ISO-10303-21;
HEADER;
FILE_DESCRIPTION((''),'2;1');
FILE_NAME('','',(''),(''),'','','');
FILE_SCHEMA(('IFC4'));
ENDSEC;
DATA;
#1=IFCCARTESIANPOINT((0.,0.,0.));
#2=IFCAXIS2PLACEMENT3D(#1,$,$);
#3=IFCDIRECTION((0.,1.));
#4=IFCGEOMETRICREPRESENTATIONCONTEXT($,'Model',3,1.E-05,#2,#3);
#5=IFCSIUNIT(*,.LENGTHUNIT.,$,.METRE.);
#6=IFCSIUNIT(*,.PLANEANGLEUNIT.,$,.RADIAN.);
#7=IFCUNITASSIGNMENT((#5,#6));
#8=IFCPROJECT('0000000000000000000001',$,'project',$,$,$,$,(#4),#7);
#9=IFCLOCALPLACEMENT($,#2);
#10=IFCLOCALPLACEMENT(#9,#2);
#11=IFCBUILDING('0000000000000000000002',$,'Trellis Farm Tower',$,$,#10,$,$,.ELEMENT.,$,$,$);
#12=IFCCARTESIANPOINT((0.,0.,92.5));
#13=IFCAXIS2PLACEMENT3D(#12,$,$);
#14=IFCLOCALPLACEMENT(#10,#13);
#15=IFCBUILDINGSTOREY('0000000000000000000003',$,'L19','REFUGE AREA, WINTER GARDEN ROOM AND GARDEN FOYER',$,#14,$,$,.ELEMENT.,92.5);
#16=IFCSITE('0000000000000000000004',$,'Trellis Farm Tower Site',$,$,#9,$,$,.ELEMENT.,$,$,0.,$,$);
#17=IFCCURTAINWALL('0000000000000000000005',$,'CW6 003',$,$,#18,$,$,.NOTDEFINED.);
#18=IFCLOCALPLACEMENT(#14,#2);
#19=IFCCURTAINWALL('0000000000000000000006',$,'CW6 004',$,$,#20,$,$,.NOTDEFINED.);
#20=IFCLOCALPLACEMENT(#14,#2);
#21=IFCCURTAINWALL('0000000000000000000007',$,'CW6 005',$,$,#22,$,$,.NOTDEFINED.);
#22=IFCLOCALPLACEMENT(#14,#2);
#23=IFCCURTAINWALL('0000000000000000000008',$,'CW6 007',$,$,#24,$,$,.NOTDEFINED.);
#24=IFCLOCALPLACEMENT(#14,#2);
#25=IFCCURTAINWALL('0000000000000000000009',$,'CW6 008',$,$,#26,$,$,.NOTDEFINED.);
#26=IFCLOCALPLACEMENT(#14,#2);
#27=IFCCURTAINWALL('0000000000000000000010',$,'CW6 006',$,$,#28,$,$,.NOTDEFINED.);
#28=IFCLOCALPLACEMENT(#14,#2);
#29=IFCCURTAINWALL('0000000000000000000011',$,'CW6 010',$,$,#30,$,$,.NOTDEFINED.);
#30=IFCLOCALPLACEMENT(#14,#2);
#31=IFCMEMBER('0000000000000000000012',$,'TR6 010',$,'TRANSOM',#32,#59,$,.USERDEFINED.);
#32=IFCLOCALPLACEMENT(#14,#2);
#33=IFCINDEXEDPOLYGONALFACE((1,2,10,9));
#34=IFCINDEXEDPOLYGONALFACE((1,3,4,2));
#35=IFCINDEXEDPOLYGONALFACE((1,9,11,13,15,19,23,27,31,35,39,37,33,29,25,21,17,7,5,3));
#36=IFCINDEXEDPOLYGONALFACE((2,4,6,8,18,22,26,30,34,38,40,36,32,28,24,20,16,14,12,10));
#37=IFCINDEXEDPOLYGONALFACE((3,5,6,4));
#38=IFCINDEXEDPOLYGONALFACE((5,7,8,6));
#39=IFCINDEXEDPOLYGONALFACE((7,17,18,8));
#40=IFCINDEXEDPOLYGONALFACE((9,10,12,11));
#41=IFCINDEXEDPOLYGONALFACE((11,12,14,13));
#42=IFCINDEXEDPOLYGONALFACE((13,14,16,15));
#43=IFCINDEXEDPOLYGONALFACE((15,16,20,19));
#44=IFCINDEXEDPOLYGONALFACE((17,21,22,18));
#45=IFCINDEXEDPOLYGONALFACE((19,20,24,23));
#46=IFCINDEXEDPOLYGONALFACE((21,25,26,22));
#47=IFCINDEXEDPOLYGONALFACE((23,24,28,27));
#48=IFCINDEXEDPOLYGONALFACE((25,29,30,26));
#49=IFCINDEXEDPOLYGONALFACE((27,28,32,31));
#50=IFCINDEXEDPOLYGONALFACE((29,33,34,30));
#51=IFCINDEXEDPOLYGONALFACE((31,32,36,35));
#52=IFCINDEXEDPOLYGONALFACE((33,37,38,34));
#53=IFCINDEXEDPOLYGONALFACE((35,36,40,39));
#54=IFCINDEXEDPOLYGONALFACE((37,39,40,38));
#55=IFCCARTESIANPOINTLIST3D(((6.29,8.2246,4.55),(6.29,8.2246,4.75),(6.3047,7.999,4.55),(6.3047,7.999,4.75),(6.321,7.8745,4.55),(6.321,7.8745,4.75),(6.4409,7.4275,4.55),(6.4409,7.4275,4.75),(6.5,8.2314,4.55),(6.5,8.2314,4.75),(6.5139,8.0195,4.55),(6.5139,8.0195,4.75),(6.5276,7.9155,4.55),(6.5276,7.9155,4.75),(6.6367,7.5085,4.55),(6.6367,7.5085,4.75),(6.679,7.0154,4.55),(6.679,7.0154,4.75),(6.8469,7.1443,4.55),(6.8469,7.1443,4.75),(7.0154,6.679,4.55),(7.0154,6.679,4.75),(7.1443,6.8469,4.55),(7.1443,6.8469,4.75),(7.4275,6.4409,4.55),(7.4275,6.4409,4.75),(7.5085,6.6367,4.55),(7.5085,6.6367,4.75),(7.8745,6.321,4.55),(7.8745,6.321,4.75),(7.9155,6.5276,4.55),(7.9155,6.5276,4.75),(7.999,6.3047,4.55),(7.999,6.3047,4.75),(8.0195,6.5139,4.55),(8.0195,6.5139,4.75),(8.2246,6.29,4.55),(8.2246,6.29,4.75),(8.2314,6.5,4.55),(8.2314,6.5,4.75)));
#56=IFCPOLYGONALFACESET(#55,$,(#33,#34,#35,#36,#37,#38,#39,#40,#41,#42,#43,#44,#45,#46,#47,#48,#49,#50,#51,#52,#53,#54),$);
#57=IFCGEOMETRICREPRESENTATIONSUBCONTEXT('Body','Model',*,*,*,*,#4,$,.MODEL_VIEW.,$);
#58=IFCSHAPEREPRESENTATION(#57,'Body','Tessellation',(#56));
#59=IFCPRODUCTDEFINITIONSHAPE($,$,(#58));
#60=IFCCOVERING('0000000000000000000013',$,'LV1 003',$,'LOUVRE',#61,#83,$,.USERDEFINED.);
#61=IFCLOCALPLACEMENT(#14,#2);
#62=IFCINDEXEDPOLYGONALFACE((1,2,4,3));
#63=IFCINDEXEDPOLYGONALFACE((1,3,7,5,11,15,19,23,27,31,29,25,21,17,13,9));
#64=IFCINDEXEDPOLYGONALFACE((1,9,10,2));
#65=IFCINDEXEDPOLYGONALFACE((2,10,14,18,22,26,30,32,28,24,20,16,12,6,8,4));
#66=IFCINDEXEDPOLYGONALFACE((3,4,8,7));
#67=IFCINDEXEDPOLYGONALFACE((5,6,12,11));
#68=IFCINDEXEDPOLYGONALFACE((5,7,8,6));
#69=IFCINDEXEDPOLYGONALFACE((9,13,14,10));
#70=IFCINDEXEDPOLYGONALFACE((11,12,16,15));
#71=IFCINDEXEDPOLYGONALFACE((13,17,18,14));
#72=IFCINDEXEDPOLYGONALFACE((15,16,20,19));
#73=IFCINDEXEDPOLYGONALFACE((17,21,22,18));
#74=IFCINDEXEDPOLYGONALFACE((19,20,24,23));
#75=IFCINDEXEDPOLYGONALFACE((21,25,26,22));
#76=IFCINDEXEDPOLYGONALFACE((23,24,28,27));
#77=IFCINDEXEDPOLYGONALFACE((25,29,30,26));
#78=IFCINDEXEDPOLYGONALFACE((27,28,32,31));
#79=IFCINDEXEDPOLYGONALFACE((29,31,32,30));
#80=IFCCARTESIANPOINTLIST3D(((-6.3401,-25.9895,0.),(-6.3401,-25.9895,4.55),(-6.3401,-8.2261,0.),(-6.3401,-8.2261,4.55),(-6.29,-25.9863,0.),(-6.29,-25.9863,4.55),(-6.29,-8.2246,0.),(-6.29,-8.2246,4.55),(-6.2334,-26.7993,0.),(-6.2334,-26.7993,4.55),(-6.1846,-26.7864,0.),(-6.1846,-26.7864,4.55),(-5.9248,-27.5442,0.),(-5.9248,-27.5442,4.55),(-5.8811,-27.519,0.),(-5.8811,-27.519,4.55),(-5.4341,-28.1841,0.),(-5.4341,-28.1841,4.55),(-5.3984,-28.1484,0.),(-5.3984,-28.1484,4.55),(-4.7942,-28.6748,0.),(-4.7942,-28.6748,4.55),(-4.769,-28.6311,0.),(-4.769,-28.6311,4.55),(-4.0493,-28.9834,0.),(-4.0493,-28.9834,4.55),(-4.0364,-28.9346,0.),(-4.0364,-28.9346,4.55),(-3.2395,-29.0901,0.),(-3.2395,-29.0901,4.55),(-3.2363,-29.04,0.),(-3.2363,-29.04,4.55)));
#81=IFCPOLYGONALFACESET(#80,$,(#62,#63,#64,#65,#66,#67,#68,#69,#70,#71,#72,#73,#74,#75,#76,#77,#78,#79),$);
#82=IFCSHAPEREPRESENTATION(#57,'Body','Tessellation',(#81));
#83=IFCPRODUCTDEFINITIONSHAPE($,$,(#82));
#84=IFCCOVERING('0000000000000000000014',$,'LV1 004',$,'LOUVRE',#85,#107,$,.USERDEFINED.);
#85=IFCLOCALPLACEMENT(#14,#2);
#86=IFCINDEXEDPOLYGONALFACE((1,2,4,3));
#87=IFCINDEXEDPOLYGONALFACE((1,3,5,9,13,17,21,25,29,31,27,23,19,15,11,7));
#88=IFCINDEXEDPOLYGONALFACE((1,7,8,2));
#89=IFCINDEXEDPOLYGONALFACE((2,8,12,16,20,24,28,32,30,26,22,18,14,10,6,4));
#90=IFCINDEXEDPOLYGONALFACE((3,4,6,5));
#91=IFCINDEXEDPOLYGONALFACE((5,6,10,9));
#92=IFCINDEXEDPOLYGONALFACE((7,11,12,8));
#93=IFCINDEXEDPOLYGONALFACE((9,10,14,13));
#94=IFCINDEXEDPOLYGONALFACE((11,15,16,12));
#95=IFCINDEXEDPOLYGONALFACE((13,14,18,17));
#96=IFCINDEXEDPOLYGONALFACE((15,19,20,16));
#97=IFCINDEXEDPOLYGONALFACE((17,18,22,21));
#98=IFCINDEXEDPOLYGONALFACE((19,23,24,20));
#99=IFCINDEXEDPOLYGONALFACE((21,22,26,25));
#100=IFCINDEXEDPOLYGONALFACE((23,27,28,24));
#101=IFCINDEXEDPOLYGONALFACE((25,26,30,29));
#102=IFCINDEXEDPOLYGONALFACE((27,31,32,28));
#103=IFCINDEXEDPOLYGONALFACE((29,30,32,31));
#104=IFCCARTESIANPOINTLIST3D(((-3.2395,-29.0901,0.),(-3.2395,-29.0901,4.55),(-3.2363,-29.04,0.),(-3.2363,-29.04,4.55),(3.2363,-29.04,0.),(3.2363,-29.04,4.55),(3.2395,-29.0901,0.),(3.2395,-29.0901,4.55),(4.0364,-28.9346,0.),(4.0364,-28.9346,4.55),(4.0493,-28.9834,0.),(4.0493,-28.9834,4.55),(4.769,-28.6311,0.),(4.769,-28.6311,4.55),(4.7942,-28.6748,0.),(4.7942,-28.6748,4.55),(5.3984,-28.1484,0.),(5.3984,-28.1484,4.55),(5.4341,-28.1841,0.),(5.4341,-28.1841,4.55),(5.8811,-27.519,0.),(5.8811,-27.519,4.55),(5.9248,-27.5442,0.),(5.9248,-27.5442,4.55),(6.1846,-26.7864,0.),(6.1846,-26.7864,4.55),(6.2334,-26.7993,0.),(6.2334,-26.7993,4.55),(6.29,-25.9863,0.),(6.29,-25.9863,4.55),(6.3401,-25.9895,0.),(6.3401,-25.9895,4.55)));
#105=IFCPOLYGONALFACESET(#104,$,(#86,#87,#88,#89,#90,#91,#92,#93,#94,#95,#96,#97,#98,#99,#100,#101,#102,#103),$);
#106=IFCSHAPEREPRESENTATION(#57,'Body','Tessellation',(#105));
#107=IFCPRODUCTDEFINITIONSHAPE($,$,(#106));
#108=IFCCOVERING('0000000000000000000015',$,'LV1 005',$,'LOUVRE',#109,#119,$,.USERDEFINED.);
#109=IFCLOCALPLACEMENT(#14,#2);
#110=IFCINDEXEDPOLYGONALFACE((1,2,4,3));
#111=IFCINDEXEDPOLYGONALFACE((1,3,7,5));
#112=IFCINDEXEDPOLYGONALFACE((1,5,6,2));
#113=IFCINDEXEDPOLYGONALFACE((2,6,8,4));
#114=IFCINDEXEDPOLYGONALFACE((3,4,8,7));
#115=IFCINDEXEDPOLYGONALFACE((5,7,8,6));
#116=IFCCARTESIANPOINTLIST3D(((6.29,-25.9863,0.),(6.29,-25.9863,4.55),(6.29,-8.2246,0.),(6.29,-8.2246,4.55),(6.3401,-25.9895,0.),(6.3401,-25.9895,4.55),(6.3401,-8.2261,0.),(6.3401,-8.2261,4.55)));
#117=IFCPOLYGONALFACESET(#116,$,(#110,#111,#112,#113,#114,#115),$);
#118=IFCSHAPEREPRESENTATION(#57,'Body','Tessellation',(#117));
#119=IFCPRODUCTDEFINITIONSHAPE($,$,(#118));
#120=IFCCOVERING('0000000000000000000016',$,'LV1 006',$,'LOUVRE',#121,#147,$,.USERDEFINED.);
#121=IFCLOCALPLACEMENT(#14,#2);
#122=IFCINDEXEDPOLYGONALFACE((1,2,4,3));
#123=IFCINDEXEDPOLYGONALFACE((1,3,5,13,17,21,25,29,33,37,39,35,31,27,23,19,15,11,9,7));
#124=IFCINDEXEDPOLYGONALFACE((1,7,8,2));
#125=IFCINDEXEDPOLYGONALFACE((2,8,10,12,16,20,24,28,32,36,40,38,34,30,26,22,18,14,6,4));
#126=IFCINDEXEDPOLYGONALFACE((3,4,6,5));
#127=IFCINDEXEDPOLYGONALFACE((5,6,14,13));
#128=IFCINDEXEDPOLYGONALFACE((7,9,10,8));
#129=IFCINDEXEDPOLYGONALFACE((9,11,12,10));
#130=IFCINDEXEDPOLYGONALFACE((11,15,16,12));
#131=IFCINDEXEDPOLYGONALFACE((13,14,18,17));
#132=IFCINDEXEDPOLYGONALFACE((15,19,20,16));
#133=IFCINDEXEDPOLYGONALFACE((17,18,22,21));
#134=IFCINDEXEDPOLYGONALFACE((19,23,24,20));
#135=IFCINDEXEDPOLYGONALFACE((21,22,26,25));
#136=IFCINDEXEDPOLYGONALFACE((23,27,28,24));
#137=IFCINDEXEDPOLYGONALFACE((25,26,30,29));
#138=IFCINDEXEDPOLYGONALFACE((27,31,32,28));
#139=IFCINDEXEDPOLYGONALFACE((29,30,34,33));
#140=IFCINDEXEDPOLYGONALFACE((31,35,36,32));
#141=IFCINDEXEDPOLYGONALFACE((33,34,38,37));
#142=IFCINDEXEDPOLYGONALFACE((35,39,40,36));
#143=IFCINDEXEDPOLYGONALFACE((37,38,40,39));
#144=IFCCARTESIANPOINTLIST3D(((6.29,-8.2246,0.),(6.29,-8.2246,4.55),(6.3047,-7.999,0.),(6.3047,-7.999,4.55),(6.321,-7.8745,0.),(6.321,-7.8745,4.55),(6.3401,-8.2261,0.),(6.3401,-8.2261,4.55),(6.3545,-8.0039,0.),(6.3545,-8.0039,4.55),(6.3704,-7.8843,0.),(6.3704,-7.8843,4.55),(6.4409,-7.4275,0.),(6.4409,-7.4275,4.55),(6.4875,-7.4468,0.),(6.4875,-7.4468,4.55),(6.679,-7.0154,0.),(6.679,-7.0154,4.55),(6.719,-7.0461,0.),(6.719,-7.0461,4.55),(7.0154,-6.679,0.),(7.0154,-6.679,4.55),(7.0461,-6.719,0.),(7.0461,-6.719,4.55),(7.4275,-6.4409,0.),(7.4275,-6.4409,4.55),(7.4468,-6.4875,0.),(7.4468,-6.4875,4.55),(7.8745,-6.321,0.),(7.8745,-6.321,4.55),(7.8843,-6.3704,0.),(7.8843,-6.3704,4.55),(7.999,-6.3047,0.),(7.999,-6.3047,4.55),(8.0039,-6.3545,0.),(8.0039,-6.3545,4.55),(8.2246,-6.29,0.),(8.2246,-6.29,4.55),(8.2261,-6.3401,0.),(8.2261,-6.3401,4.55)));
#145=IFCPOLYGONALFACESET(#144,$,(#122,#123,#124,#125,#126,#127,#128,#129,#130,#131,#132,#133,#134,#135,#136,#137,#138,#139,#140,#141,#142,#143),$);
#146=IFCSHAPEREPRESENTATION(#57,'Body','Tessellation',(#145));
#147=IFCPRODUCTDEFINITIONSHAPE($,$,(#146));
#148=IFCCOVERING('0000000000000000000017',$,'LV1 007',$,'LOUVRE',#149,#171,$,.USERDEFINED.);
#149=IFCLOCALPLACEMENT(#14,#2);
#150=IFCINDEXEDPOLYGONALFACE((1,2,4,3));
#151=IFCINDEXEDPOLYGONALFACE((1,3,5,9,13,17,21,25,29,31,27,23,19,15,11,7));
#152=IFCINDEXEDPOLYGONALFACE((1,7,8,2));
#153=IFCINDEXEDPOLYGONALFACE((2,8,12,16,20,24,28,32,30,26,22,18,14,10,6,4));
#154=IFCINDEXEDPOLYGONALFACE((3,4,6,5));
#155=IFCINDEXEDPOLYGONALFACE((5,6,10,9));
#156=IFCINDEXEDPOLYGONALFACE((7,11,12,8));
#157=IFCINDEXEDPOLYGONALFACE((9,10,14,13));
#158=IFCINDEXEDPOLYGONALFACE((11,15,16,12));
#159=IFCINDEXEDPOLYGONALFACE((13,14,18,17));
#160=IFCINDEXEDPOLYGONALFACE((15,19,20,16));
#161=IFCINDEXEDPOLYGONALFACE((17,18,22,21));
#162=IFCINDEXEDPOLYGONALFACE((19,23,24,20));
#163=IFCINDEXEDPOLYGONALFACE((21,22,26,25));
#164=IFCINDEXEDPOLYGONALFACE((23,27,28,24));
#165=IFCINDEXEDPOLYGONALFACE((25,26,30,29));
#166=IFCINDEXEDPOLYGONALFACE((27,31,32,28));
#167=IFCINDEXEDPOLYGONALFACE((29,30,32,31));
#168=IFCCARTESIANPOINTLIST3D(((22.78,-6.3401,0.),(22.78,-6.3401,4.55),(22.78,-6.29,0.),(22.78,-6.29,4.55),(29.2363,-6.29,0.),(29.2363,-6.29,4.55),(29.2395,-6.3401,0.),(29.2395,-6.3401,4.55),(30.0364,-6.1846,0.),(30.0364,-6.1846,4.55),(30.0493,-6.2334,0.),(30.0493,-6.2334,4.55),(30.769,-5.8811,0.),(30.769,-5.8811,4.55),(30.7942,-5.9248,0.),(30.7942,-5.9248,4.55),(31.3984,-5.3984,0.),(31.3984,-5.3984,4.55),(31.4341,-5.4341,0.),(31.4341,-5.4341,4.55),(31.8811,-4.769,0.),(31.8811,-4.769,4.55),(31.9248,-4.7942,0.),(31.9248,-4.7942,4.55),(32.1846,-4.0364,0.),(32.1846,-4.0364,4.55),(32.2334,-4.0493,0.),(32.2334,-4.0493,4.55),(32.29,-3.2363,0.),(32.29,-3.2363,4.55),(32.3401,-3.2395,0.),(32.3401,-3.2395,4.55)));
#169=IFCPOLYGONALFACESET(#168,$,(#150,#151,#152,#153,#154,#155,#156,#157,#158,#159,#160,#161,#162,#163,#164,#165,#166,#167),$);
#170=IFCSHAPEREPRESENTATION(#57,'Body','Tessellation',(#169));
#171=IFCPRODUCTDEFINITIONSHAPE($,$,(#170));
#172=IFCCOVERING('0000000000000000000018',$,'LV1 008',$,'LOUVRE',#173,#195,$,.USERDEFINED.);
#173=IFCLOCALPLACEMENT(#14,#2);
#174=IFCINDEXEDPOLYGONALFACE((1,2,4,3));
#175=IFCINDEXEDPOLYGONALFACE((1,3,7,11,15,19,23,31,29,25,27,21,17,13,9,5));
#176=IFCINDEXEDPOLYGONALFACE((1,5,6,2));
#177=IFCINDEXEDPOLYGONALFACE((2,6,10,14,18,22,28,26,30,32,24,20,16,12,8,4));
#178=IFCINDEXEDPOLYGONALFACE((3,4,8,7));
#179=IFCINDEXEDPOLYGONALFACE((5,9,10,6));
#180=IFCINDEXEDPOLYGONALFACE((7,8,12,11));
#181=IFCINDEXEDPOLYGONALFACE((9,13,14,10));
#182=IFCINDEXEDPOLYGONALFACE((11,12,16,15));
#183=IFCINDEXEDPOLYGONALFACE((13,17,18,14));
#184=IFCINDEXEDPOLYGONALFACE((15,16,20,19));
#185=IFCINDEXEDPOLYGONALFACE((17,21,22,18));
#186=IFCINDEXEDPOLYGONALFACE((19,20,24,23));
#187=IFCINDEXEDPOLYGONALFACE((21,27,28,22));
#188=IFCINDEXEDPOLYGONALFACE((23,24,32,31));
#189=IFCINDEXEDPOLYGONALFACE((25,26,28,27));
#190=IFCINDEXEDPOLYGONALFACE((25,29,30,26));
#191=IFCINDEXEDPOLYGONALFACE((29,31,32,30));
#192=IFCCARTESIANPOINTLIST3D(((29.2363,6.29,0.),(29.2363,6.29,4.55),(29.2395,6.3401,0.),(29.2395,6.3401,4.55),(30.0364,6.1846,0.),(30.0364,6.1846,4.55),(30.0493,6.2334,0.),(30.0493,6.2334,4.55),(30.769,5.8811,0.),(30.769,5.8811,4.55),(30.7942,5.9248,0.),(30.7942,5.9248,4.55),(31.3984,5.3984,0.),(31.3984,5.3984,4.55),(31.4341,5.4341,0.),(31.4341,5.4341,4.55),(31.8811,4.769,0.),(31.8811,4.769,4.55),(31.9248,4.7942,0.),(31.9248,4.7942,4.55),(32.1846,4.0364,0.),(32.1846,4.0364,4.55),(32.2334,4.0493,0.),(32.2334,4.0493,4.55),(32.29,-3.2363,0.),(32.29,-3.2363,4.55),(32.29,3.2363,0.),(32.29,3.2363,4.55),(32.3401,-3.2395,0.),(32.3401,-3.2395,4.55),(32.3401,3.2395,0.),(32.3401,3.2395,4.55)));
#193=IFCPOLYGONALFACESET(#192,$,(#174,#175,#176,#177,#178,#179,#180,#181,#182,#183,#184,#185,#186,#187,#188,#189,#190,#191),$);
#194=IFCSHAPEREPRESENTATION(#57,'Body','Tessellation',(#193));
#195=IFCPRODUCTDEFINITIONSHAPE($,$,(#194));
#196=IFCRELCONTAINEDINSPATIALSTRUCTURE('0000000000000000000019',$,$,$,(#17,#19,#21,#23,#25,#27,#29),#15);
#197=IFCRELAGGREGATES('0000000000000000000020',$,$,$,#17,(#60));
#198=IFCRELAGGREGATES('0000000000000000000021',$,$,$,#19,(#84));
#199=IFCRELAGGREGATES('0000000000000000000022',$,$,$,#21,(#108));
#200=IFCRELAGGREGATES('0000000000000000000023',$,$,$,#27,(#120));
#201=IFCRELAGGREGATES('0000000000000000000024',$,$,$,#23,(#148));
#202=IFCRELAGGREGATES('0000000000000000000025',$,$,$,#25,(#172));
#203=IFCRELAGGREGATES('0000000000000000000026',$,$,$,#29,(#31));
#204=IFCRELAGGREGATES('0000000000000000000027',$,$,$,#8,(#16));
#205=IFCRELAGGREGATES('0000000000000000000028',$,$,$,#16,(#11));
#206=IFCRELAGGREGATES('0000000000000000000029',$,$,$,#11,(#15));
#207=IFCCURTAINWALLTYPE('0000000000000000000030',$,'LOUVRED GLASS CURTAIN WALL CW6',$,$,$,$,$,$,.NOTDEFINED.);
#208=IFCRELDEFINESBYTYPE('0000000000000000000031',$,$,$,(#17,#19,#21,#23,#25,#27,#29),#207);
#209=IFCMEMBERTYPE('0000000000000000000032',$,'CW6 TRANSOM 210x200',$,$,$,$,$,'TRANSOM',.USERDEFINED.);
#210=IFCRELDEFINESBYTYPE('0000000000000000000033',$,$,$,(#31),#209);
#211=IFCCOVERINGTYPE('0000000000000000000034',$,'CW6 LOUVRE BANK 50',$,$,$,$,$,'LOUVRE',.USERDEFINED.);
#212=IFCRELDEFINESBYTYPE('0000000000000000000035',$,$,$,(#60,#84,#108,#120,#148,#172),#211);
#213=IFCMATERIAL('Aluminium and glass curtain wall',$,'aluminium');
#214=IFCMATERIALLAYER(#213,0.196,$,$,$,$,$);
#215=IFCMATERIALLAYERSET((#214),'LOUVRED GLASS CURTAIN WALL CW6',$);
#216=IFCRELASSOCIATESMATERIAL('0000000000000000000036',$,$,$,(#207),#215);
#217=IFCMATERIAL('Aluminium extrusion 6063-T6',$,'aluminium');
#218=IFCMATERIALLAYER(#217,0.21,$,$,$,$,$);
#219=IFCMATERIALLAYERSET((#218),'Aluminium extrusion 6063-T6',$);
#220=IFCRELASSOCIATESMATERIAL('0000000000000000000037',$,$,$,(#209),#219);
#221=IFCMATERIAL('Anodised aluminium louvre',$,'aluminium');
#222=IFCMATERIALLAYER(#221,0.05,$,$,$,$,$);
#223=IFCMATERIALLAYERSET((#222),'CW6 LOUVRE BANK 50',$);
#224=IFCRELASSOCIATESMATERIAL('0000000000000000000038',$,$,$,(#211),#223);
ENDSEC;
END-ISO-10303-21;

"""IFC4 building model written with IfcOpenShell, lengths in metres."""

from ifc_helpers import new_model, si_unit, direction, frame, origin, place, context, subcontext, project, spatial, polyline, outline, extrude, source, transform, mapped, material, layer, layer_set, type_object, element, aggregate, save


model = new_model("IFC4")

# Units and contexts
model_context = context("Model", 3, precision=1e-05, world=origin(), true_north=direction((0.0, 1.0)))
body_context = subcontext(model_context, "Body", "Model", "MODEL_VIEW")
ifc_project = project(units=[si_unit("LENGTHUNIT", "METRE"), si_unit("PLANEANGLEUNIT", "RADIAN")], contexts=[model_context])

# Site, building, storey
site_placement = place(None, origin())
site = spatial("IfcSite", under=ifc_project, at=site_placement, Name="Trellis Farm Tower Site", CompositionType="ELEMENT", RefElevation=0.0)
building_placement = place(site_placement, origin())
building = spatial("IfcBuilding", under=site, at=building_placement, Name="Trellis Farm Tower", CompositionType="ELEMENT")
storey_placement = place(building_placement, frame((0.0, 0.0, 92.5)))
storey = spatial("IfcBuildingStorey", under=building, at=storey_placement, Name="L19", Description="REFUGE AREA, WINTER GARDEN ROOM AND GARDEN FOYER", CompositionType="ELEMENT", Elevation=92.5)

# Curtain walls, member
ifc_material_1 = material(Name="Aluminium and glass curtain wall", Category="aluminium")
ifc_layer_1 = layer(ifc_material_1, 0.196)
ifc_layer_set_1 = layer_set([ifc_layer_1], Name="LOUVRED GLASS CURTAIN WALL CW6")
curtain_wall_type = type_object("IfcCurtainWallType", Name="LOUVRED GLASS CURTAIN WALL CW6", PredefinedType="NOTDEFINED", material=ifc_layer_set_1)
placement_1 = place(storey_placement, origin())
curtain_wall_1 = element("IfcCurtainWall", 1, at=placement_1, inside=storey, type_object=curtain_wall_type, Name="CW6 003", PredefinedType="NOTDEFINED")
ifc_material_2 = material(Name="Aluminium extrusion 6063-T6", Category="aluminium")
ifc_layer_2 = layer(ifc_material_2, 0.21)
ifc_layer_set_2 = layer_set([ifc_layer_2], Name="Aluminium extrusion 6063-T6")
member_type = type_object("IfcMemberType", Name="CW6 TRANSOM 210x200", ElementType="TRANSOM", PredefinedType="USERDEFINED", material=ifc_layer_set_2)
placement_2 = place(storey_placement, frame((0.0, 0.0, 4.55)))
curtain_wall_2 = element("IfcCurtainWall", 2, at=placement_1, inside=storey, type_object=curtain_wall_type, Name="CW6 004", PredefinedType="NOTDEFINED")
curtain_wall_3 = element("IfcCurtainWall", 3, at=placement_1, inside=storey, type_object=curtain_wall_type, Name="CW6 005", PredefinedType="NOTDEFINED")
curtain_wall_4 = element("IfcCurtainWall", 4, at=placement_1, inside=storey, type_object=curtain_wall_type, Name="CW6 007", PredefinedType="NOTDEFINED")
curtain_wall_5 = element("IfcCurtainWall", 5, at=placement_1, inside=storey, type_object=curtain_wall_type, Name="CW6 008", PredefinedType="NOTDEFINED")
curtain_wall_6 = element("IfcCurtainWall", 6, at=placement_1, inside=storey, type_object=curtain_wall_type, Name="CW6 006", PredefinedType="NOTDEFINED")
curtain_wall_7 = element("IfcCurtainWall", 7, at=placement_1, inside=storey, type_object=curtain_wall_type, Name="CW6 010", PredefinedType="NOTDEFINED")
shared_shape_1 = source(origin(), body_context, "Body", "SweptSolid", [
    extrude(outline(polyline([(8.2314, 6.5), (8.0195, 6.5139), (7.9155, 6.5276), (7.5085, 6.6367), (7.1443, 6.8469), (6.8469, 7.1443), (6.6367, 7.5085), (6.5276, 7.9155), (6.5139, 8.0195), (6.5, 8.2314), (6.29, 8.2246), (6.3047, 7.999), (6.321, 7.8745), (6.4409, 7.4275), (6.679, 7.0154), (7.0154, 6.679), (7.4275, 6.4409), (7.8745, 6.321), (7.999, 6.3047), (8.2246, 6.29), (8.2314, 6.5)])), origin(), (0.0, 0.0, 1.0), 0.2),
])
member_1 = element("IfcMember", 8, at=placement_2, type_object=member_type, Name="TR6 010", ObjectType="TRANSOM", PredefinedType="USERDEFINED", context=body_context, shape_type="MappedRepresentation", body=[
    mapped(shared_shape_1, transform((0.0, 0.0, 0.0))),
])

# Coverings
ifc_material_3 = material(Name="Anodised aluminium louvre", Category="aluminium")
ifc_layer_3 = layer(ifc_material_3, 0.05)
ifc_layer_set_3 = layer_set([ifc_layer_3], Name="CW6 LOUVRE BANK 50")
covering_type = type_object("IfcCoveringType", Name="CW6 LOUVRE BANK 50", ElementType="LOUVRE", PredefinedType="USERDEFINED", material=ifc_layer_set_3)
covering_1 = element("IfcCovering", 9, at=placement_1, type_object=covering_type, Name="LV1 003", ObjectType="LOUVRE", PredefinedType="USERDEFINED", context=body_context, shape_type="SweptSolid", body=[
    extrude(outline(polyline([(-6.3401, -8.2261), (-6.3401, -25.9895), (-6.2334, -26.7993), (-5.9248, -27.5442), (-5.4341, -28.1841), (-4.7942, -28.6748), (-4.0493, -28.9834), (-3.2395, -29.0901), (-3.2363, -29.04), (-4.0364, -28.9346), (-4.769, -28.6311), (-5.3984, -28.1484), (-5.8811, -27.519), (-6.1846, -26.7864), (-6.29, -25.9863), (-6.29, -8.2246), (-6.3401, -8.2261)])), origin(), (0.0, 0.0, 1.0), 4.55),
])
aggregate(curtain_wall_1, [covering_1])
covering_2 = element("IfcCovering", 10, at=placement_1, type_object=covering_type, Name="LV1 004", ObjectType="LOUVRE", PredefinedType="USERDEFINED", context=body_context, shape_type="SweptSolid", body=[
    extrude(outline(polyline([(-3.2395, -29.0901), (3.2395, -29.0901), (4.0493, -28.9834), (4.7942, -28.6748), (5.4341, -28.1841), (5.9248, -27.5442), (6.2334, -26.7993), (6.3401, -25.9895), (6.29, -25.9863), (6.1846, -26.7864), (5.8811, -27.519), (5.3984, -28.1484), (4.769, -28.6311), (4.0364, -28.9346), (3.2363, -29.04), (-3.2363, -29.04), (-3.2395, -29.0901)])), origin(), (0.0, 0.0, 1.0), 4.55),
])
aggregate(curtain_wall_2, [covering_2])
covering_3 = element("IfcCovering", 11, at=placement_1, type_object=covering_type, Name="LV1 005", ObjectType="LOUVRE", PredefinedType="USERDEFINED", context=body_context, shape_type="SweptSolid", body=[
    extrude(outline(polyline([(6.3401, -25.9895), (6.3401, -8.2261), (6.29, -8.2246), (6.29, -25.9863), (6.3401, -25.9895)])), origin(), (0.0, 0.0, 1.0), 4.55),
])
aggregate(curtain_wall_3, [covering_3])
covering_4 = element("IfcCovering", 12, at=placement_1, type_object=covering_type, Name="LV1 006", ObjectType="LOUVRE", PredefinedType="USERDEFINED", context=body_context, shape_type="SweptSolid", body=[
    extrude(outline(polyline([(6.3401, -8.2261), (6.3545, -8.0039), (6.3704, -7.8843), (6.4875, -7.4468), (6.719, -7.0461), (7.0461, -6.719), (7.4468, -6.4875), (7.8843, -6.3704), (8.0039, -6.3545), (8.2261, -6.3401), (8.2246, -6.29), (7.999, -6.3047), (7.8745, -6.321), (7.4275, -6.4409), (7.0154, -6.679), (6.679, -7.0154), (6.4409, -7.4275), (6.321, -7.8745), (6.3047, -7.999), (6.29, -8.2246), (6.3401, -8.2261)])), origin(), (0.0, 0.0, 1.0), 4.55),
])
aggregate(curtain_wall_6, [covering_4])
covering_5 = element("IfcCovering", 13, at=placement_1, type_object=covering_type, Name="LV1 007", ObjectType="LOUVRE", PredefinedType="USERDEFINED", context=body_context, shape_type="SweptSolid", body=[
    extrude(outline(polyline([(22.78, -6.3401), (29.2395, -6.3401), (30.0493, -6.2334), (30.7942, -5.9248), (31.4341, -5.4341), (31.9248, -4.7942), (32.2334, -4.0493), (32.3401, -3.2395), (32.29, -3.2363), (32.1846, -4.0364), (31.8811, -4.769), (31.3984, -5.3984), (30.769, -5.8811), (30.0364, -6.1846), (29.2363, -6.29), (22.78, -6.29), (22.78, -6.3401)])), origin(), (0.0, 0.0, 1.0), 4.55),
])
aggregate(curtain_wall_4, [covering_5])
covering_6 = element("IfcCovering", 14, at=placement_1, type_object=covering_type, Name="LV1 008", ObjectType="LOUVRE", PredefinedType="USERDEFINED", context=body_context, shape_type="SweptSolid", body=[
    extrude(outline(polyline([(32.3401, -3.2395), (32.3401, 3.2395), (32.2334, 4.0493), (31.9248, 4.7942), (31.4341, 5.4341), (30.7942, 5.9248), (30.0493, 6.2334), (29.2395, 6.3401), (29.2363, 6.29), (30.0364, 6.1846), (30.769, 5.8811), (31.3984, 5.3984), (31.8811, 4.769), (32.1846, 4.0364), (32.29, 3.2363), (32.29, -3.2363), (32.3401, -3.2395)])), origin(), (0.0, 0.0, 1.0), 4.55),
])
aggregate(curtain_wall_5, [covering_6])
aggregate(curtain_wall_7, [member_1])

save(model, "model.ifc")
